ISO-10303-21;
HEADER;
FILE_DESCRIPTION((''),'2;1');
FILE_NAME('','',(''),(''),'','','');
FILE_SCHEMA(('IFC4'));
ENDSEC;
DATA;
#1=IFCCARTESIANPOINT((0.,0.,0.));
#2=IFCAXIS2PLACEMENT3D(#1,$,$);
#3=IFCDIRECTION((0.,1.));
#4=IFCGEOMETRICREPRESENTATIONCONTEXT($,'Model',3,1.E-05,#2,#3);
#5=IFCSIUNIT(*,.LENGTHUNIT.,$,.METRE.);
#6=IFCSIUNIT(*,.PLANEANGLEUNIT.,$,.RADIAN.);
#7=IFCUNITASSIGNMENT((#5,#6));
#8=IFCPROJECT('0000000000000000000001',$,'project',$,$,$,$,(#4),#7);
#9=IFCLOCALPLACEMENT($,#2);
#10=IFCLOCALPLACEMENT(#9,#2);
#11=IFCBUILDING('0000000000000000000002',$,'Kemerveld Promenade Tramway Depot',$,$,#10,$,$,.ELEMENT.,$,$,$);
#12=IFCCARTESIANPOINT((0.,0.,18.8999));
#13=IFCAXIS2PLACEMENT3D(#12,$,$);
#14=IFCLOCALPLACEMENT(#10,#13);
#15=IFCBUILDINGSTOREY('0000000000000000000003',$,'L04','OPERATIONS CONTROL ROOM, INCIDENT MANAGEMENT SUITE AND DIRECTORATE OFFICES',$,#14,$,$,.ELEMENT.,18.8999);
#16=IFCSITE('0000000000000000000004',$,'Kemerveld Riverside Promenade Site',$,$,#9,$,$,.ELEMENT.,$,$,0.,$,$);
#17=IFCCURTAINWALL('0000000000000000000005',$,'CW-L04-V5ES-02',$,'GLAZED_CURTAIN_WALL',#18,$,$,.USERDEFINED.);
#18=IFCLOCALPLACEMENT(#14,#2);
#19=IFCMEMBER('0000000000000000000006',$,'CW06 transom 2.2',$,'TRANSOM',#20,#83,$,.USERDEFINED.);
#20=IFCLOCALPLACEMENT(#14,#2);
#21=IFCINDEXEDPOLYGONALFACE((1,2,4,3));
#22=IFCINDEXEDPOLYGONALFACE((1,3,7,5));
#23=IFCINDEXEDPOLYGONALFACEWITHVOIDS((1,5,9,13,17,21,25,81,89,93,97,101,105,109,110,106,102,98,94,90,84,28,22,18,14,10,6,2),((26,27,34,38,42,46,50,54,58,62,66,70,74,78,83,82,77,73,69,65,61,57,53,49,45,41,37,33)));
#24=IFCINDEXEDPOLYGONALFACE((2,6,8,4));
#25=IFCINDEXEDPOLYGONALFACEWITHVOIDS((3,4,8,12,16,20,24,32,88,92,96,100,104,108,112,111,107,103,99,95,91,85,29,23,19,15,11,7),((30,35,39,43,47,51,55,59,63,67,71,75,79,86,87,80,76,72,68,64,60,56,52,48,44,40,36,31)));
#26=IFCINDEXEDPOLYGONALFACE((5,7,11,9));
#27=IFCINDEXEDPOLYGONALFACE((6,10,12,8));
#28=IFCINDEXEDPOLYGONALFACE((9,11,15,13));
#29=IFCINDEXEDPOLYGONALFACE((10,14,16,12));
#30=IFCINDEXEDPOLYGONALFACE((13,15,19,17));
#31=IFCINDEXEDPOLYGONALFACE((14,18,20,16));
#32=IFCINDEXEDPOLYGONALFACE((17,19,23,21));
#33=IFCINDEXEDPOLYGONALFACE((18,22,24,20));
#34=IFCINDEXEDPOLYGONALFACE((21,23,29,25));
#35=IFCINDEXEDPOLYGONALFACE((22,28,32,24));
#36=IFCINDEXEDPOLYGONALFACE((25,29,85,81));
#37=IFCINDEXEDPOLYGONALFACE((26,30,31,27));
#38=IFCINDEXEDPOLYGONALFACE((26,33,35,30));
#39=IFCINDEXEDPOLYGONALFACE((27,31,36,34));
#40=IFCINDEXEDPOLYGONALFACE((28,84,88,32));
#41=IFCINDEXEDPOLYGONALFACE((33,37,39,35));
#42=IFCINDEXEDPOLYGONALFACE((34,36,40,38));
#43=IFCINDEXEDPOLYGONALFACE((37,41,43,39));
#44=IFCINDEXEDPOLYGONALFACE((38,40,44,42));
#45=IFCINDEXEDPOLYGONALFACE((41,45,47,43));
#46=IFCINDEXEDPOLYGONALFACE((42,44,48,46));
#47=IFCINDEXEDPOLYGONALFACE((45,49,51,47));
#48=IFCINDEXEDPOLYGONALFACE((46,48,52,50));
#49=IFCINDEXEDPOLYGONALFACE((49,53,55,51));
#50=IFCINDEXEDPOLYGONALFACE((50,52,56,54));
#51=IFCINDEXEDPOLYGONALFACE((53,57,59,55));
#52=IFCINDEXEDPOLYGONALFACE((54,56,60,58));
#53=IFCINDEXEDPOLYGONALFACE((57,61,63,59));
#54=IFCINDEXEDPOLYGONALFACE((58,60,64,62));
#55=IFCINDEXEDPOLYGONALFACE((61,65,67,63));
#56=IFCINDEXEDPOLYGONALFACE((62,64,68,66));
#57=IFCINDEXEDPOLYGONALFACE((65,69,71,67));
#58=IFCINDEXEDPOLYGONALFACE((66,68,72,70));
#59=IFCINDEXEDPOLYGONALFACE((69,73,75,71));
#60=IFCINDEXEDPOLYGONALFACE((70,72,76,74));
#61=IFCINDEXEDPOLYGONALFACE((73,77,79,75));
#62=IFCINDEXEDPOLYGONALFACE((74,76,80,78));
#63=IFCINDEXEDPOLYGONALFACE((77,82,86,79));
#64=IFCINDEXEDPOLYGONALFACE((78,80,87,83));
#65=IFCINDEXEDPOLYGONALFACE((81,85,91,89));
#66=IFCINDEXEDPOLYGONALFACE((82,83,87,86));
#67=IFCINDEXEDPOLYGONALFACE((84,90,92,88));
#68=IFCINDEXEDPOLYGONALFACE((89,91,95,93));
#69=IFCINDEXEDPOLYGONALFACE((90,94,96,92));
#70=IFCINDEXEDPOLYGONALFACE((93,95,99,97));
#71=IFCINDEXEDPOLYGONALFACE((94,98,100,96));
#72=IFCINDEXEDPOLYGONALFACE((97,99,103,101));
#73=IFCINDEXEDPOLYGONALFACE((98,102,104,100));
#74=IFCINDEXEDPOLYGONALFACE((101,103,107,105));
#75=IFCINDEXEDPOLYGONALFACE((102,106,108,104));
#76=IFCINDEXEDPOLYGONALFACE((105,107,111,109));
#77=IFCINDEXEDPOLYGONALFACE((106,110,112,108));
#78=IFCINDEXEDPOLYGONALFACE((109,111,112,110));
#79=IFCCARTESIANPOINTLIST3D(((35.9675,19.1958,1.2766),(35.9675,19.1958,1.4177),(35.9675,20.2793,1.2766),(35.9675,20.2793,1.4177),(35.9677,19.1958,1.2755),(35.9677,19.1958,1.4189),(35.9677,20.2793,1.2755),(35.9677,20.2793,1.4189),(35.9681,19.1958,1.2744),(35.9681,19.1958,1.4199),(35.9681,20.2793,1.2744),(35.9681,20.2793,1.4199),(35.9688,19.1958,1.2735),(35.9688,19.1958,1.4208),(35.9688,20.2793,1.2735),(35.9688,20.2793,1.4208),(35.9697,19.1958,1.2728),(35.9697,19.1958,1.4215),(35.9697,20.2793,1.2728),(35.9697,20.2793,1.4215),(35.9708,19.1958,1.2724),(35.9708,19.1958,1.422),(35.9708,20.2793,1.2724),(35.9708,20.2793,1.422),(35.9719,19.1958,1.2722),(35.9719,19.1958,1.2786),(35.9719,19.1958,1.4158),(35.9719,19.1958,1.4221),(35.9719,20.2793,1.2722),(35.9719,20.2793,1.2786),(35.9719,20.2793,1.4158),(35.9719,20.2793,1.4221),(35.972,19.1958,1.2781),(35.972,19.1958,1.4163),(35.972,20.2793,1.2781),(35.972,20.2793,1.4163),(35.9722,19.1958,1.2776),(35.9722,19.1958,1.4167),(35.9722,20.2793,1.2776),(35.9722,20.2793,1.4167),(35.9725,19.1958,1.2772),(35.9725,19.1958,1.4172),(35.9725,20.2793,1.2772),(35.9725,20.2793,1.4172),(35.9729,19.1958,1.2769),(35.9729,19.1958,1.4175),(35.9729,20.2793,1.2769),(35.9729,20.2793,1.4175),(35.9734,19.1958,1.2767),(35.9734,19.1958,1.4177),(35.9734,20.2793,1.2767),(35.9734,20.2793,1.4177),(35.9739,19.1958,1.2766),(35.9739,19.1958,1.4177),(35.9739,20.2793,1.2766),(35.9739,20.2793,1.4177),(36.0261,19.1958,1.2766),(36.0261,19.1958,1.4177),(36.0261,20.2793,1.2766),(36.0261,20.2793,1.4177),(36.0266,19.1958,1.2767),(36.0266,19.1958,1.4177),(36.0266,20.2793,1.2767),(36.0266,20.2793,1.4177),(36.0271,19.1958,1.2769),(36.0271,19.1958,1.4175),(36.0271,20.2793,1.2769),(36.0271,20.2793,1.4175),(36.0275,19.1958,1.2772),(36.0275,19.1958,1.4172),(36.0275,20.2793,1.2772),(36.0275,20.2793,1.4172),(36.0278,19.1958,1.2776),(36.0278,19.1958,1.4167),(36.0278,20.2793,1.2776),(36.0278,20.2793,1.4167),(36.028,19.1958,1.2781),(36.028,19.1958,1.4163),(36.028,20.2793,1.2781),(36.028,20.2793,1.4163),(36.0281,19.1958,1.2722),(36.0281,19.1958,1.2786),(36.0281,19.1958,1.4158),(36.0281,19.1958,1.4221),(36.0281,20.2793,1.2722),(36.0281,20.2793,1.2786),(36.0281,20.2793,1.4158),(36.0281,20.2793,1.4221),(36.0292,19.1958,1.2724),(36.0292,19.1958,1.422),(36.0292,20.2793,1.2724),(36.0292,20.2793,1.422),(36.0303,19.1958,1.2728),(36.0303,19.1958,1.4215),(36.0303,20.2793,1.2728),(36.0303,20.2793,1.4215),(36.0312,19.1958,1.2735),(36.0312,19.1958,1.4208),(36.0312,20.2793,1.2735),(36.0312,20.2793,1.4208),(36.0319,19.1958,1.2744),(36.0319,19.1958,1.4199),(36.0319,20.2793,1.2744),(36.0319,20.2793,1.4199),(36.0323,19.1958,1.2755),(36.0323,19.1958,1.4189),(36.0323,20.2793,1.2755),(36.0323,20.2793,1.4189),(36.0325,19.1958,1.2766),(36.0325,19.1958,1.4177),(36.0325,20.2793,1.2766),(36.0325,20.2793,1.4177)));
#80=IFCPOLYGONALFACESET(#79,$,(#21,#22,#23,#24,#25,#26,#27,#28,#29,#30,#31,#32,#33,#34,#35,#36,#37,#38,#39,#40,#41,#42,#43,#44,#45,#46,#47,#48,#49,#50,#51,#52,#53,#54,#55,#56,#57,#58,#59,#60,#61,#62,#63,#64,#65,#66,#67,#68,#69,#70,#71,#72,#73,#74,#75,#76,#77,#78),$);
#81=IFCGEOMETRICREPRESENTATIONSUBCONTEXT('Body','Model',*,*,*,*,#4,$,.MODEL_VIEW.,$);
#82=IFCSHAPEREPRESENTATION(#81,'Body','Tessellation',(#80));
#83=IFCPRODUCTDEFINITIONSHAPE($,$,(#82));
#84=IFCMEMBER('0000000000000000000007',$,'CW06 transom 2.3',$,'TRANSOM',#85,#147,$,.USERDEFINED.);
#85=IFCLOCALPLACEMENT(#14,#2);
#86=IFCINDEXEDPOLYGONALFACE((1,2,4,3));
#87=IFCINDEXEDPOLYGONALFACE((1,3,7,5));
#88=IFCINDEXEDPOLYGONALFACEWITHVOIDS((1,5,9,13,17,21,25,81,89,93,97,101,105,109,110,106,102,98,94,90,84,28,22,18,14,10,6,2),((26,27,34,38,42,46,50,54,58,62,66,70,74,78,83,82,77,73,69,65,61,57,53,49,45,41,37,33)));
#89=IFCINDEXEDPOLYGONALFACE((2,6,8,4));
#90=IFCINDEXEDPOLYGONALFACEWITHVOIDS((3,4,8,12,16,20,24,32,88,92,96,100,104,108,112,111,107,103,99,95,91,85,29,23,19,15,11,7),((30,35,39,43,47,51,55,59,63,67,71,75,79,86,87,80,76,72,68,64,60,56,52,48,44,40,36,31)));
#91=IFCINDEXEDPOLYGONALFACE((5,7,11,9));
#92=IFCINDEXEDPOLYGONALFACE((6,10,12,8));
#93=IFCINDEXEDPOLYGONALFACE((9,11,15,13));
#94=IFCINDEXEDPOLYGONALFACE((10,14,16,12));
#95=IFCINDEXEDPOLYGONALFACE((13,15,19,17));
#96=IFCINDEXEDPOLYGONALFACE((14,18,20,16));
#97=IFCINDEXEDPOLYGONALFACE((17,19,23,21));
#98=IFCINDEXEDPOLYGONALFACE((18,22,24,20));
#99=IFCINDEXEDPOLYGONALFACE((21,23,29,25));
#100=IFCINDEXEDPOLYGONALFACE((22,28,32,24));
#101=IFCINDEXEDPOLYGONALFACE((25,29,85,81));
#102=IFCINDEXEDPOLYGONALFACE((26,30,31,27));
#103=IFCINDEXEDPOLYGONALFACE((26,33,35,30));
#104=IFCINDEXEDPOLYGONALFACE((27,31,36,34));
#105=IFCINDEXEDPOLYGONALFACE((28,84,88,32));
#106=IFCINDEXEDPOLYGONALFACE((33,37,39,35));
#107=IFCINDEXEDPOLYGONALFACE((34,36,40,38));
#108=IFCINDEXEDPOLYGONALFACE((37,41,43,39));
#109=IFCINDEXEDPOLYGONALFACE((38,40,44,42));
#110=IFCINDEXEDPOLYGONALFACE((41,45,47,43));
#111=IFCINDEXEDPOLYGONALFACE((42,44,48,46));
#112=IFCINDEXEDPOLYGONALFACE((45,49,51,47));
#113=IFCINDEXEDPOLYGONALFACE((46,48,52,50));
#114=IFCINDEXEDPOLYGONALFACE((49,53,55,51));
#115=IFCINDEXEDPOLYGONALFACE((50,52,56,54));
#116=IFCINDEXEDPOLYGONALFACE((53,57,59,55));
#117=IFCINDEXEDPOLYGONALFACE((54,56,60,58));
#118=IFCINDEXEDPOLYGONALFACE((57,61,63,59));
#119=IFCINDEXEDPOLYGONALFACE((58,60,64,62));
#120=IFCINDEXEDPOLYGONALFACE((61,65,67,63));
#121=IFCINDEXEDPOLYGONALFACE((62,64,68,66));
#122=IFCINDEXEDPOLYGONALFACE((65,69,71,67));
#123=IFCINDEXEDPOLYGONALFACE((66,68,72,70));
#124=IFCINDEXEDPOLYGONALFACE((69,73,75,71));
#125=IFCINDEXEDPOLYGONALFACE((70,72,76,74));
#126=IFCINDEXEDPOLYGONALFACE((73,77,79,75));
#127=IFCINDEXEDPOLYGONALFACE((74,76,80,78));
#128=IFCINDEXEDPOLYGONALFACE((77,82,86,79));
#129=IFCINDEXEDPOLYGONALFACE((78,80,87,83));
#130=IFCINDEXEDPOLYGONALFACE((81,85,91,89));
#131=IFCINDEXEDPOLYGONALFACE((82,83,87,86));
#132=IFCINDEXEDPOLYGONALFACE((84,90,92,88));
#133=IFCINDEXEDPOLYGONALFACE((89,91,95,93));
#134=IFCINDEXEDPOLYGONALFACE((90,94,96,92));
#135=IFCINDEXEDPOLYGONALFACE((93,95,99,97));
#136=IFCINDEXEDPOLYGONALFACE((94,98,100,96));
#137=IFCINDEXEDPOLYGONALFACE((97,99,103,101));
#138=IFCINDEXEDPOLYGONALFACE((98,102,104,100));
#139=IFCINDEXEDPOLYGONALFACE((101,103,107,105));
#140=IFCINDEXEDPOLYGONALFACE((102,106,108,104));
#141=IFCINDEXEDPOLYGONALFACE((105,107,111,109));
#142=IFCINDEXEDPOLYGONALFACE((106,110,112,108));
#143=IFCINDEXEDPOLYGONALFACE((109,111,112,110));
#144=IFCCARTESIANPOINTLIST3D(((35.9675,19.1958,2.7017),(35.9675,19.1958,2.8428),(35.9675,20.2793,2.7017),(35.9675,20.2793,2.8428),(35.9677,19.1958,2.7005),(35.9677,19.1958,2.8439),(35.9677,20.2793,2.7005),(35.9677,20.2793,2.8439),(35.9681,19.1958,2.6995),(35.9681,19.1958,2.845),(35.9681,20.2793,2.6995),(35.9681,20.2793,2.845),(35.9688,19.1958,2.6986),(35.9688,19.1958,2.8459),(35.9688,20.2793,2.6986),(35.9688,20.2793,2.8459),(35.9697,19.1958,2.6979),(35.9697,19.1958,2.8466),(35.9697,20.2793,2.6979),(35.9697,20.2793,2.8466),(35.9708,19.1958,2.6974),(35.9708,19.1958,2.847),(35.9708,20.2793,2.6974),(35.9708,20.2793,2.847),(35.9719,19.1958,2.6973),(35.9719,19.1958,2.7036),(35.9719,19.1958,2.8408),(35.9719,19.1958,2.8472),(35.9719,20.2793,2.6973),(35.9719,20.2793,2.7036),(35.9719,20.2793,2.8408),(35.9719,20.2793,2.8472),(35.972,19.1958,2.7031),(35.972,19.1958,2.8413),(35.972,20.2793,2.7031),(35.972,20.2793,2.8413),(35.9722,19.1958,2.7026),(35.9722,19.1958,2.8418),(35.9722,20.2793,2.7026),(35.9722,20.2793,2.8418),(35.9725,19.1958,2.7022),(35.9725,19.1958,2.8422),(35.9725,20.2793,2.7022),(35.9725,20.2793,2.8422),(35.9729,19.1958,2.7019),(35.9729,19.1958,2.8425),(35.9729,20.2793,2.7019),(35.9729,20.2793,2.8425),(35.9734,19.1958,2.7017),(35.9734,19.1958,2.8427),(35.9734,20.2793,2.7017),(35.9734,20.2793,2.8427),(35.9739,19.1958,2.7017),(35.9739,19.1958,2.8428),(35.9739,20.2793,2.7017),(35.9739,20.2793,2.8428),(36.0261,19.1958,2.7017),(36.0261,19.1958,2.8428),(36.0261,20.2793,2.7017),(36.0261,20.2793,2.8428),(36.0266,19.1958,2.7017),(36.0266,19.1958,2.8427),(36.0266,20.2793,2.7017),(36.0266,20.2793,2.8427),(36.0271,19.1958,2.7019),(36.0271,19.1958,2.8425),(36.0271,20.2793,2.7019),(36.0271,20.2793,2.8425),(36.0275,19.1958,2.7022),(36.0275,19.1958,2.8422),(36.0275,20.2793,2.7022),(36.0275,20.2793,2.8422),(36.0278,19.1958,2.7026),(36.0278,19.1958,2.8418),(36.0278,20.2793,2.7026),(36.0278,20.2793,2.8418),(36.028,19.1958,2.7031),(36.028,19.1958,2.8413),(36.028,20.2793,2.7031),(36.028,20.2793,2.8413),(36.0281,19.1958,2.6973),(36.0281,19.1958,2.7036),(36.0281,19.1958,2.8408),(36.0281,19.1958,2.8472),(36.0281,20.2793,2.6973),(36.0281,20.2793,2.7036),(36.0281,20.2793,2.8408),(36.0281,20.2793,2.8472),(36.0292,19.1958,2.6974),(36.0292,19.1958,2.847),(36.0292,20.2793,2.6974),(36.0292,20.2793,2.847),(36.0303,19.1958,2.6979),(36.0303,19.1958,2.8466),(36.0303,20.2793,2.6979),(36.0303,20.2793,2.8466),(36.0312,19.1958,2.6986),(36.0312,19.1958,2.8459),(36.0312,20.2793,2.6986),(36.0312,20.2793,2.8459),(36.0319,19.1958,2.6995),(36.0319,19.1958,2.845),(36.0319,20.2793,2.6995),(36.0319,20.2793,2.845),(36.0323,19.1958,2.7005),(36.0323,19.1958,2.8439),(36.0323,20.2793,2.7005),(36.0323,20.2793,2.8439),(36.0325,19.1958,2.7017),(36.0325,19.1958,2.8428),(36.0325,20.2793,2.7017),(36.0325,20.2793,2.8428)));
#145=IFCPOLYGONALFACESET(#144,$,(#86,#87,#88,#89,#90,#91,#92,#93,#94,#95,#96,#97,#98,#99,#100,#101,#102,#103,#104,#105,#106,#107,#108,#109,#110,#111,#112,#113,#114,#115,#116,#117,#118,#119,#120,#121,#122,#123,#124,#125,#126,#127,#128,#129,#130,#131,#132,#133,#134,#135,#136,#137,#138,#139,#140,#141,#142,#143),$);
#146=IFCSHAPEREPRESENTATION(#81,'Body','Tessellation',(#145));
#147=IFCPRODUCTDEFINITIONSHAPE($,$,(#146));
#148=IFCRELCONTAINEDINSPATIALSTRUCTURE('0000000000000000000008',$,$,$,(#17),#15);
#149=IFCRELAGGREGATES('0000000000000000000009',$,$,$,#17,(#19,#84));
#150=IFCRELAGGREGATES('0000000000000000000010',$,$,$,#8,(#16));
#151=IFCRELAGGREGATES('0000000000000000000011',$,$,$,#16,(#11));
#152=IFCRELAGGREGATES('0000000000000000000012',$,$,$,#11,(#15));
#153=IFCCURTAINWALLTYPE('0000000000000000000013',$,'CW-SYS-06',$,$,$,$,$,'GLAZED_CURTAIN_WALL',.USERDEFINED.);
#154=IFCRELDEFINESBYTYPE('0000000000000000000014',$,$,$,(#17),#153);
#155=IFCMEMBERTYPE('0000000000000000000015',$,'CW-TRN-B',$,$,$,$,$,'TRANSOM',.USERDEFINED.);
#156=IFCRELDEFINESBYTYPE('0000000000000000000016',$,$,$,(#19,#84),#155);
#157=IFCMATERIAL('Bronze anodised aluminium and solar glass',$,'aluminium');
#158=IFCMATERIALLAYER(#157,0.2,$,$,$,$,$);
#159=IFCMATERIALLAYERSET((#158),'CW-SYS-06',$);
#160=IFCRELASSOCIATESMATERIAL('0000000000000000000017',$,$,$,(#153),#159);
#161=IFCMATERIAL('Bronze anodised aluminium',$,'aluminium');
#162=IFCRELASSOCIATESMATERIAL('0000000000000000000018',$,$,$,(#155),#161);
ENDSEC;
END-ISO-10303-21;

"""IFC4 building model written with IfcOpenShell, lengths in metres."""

from ifc_helpers import new_model, si_unit, direction, frame, origin, origin_2d, place, context, subcontext, project, spatial, hollow_rectangle, extrude, material, layer, layer_set, material_profile, profile_set, type_object, element, aggregate, save


model = new_model("IFC4")

# Units and contexts
model_context = context("Model", 3, precision=1e-05, world=origin(), true_north=direction((0.0, 1.0)))
body_context = subcontext(model_context, "Body", "Model", "MODEL_VIEW")
ifc_project = project(units=[si_unit("LENGTHUNIT", "METRE"), si_unit("PLANEANGLEUNIT", "RADIAN")], contexts=[model_context])

# Site, building, storey
site_placement = place(None, origin())
site = spatial("IfcSite", under=ifc_project, at=site_placement, Name="Kemerveld Riverside Promenade Site", CompositionType="ELEMENT", RefElevation=0.0)
building_placement = place(site_placement, origin())
building = spatial("IfcBuilding", under=site, at=building_placement, Name="Kemerveld Promenade Tramway Depot", CompositionType="ELEMENT")
storey_placement = place(building_placement, frame((0.0, 0.0, 18.8999)))
storey = spatial("IfcBuildingStorey", under=building, at=storey_placement, Name="L04", Description="OPERATIONS CONTROL ROOM, INCIDENT MANAGEMENT SUITE AND DIRECTORATE OFFICES", CompositionType="ELEMENT", Elevation=18.8999)

# Curtain wall, members
ifc_material_1 = material(Name="Bronze anodised aluminium and solar glass", Category="aluminium")
ifc_layer_1 = layer(ifc_material_1, 0.2)
ifc_layer_set_1 = layer_set([ifc_layer_1], Name="CW-SYS-06")
curtain_wall_type = type_object("IfcCurtainWallType", Name="CW-SYS-06", ElementType="GLAZED_CURTAIN_WALL", PredefinedType="USERDEFINED", material=ifc_layer_set_1)
curtain_wall_placement = place(storey_placement, origin())
curtain_wall = element("IfcCurtainWall", 1, at=curtain_wall_placement, inside=storey, type_object=curtain_wall_type, Name="CW-L04-V5ES-02", ObjectType="GLAZED_CURTAIN_WALL", PredefinedType="USERDEFINED")
ifc_material_2 = material(Name="Bronze anodised aluminium", Category="aluminium")
ifc_material_profile_1 = material_profile(ifc_material_2, hollow_rectangle(XDim=0.0649, YDim=0.1499, WallThickness=0.0044, InnerFilletRadius=0.002, OuterFilletRadius=0.0044, at=origin_2d()), Name="CW-TRN-150x65")
ifc_profile_set_1 = profile_set([ifc_material_profile_1], Name="Bronze anodised aluminium")
member_type_1 = type_object("IfcMemberType", Name="CW-TRN-B", ElementType="TRANSOM", PredefinedType="USERDEFINED", material=ifc_profile_set_1)
member_1_placement = place(storey_placement, frame((36.0, 20.2793, 1.3472), z_axis=(0.0, -1.0, 0.0), x_axis=(1.0, 0.0, 0.0)))
member_1 = element("IfcMember", 2, at=member_1_placement, type_object=member_type_1, Name="CW06 transom 2.2", ObjectType="TRANSOM", PredefinedType="USERDEFINED", context=body_context, shape_type="SweptSolid", body=[
    extrude(hollow_rectangle(XDim=0.0649, YDim=0.1499, WallThickness=0.0044, InnerFilletRadius=0.002, OuterFilletRadius=0.0044, at=origin_2d()), origin(), (0.0, 0.0, 1.0), 1.0835),
])
member_2_placement = place(storey_placement, frame((36.0, 20.2793, 2.7722), z_axis=(0.0, -1.0, 0.0), x_axis=(1.0, 0.0, 0.0)))
member_2 = element("IfcMember", 3, at=member_2_placement, type_object=member_type_1, Name="CW06 transom 2.3", ObjectType="TRANSOM", PredefinedType="USERDEFINED", context=body_context, shape_type="SweptSolid", body=[
    extrude(hollow_rectangle(XDim=0.0649, YDim=0.1499, WallThickness=0.0044, InnerFilletRadius=0.002, OuterFilletRadius=0.0044, at=origin_2d()), origin(), (0.0, 0.0, 1.0), 1.0835),
])
aggregate(curtain_wall, [member_1, member_2])

save(model, "model.ifc")
